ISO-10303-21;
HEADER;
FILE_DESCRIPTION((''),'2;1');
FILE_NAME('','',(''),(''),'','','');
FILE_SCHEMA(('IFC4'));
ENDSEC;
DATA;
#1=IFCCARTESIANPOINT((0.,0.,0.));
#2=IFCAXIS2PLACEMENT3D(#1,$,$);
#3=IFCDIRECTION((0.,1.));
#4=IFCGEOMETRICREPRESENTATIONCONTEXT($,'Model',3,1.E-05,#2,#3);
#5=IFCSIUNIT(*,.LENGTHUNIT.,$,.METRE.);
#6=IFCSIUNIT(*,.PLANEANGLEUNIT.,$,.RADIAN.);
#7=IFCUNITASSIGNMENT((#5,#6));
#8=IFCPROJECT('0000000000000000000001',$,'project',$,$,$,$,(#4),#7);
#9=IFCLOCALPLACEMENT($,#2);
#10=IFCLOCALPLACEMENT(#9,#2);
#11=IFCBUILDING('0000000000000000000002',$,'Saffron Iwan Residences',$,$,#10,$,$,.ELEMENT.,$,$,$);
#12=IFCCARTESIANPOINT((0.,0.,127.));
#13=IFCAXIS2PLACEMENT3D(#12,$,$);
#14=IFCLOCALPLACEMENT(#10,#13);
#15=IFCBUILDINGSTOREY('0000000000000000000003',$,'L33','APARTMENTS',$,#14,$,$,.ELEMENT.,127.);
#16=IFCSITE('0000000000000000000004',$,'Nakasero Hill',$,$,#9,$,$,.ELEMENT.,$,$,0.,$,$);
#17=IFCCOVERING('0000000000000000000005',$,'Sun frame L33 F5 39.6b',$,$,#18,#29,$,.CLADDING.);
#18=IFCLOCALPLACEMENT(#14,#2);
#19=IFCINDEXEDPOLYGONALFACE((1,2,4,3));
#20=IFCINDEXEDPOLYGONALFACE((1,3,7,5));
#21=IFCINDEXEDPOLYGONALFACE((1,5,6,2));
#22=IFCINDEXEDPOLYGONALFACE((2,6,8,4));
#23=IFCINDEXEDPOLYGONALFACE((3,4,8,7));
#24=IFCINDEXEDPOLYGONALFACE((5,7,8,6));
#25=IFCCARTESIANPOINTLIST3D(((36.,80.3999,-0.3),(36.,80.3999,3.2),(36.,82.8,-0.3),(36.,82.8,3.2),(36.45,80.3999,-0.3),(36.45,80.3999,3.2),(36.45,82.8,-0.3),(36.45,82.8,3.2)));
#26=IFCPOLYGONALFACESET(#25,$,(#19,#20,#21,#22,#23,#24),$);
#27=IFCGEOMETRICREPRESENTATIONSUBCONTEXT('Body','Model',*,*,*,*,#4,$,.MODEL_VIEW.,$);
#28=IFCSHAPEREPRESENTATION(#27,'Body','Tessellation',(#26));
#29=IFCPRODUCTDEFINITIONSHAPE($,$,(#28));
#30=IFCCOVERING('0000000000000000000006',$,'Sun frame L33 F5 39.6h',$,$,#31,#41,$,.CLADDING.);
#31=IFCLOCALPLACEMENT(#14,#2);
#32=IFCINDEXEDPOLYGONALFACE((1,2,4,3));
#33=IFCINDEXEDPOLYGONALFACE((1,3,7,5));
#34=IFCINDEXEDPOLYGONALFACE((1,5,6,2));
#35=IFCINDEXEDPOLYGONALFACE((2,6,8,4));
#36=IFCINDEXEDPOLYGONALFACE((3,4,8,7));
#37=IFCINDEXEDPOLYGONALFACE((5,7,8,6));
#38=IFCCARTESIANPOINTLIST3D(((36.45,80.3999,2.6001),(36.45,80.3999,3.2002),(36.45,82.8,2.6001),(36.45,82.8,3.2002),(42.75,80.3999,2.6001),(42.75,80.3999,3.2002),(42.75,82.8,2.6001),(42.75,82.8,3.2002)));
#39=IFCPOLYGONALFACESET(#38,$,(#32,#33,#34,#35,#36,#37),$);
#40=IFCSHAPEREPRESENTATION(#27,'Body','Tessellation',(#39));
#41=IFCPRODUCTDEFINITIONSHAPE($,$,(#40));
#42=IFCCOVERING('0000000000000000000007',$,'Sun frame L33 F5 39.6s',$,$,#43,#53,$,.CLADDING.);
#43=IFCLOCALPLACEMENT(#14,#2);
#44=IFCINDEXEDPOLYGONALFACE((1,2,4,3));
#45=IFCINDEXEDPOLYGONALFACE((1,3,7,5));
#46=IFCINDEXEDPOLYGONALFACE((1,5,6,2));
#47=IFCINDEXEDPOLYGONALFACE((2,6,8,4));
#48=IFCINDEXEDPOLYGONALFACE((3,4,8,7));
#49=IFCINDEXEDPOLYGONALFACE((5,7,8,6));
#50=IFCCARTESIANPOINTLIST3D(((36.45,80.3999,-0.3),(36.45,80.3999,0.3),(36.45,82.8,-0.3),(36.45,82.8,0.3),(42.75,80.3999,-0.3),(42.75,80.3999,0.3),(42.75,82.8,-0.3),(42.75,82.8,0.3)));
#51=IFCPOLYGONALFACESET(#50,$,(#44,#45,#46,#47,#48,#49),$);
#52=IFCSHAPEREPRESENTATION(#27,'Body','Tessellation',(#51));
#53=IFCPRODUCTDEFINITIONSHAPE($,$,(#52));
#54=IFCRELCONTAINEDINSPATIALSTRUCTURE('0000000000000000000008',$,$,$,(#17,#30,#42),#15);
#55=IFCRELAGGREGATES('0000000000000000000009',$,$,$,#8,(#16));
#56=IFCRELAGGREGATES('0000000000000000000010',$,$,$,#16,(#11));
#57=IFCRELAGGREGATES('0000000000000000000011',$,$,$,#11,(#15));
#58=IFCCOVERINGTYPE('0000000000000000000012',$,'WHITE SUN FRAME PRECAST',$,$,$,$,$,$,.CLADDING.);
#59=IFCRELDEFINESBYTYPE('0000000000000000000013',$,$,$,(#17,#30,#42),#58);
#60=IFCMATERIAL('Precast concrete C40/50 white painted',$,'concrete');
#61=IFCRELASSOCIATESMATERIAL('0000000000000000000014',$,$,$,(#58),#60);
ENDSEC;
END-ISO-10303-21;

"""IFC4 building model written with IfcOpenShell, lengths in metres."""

from ifc_helpers import new_model, si_unit, direction, frame, origin, place, context, subcontext, project, spatial, polyline, outline, extrude, material, type_object, element, save


model = new_model("IFC4")

# Units and contexts
model_context = context("Model", 3, precision=1e-05, world=origin(), true_north=direction((0.0, 1.0)))
body_context = subcontext(model_context, "Body", "Model", "MODEL_VIEW")
ifc_project = project(units=[si_unit("LENGTHUNIT", "METRE"), si_unit("PLANEANGLEUNIT", "RADIAN")], contexts=[model_context])

# Site, building, storey
site_placement = place(None, origin())
site = spatial("IfcSite", under=ifc_project, at=site_placement, Name="Nakasero Hill", CompositionType="ELEMENT", RefElevation=0.0)
building_placement = place(site_placement, origin())
building = spatial("IfcBuilding", under=site, at=building_placement, Name="Saffron Iwan Residences", CompositionType="ELEMENT")
storey_placement = place(building_placement, frame((0.0, 0.0, 127.0)))
storey = spatial("IfcBuildingStorey", under=building, at=storey_placement, Name="L33", Description="APARTMENTS", CompositionType="ELEMENT", Elevation=127.0)

# Coverings
ifc_material_1 = material(Name="Precast concrete C40/50 white painted", Category="concrete")
covering_type_1 = type_object("IfcCoveringType", Name="WHITE SUN FRAME PRECAST", PredefinedType="CLADDING", material=ifc_material_1)
covering_1_placement = place(storey_placement, frame((36.45, 80.3999, -0.3), z_axis=(0.0, 1.0, 0.0), x_axis=(-1.0, 0.0, 0.0)))
element("IfcCovering", 1, at=covering_1_placement, inside=storey, type_object=covering_type_1, Name="Sun frame L33 F5 39.6b", PredefinedType="CLADDING", context=body_context, shape_type="SweptSolid", body=[
    extrude(outline(polyline([(0.0, 0.0), (0.45, 0.0), (0.45, 3.5), (0.0, 3.5), (0.0, 0.0)])), origin(), (0.0, 0.0, 1.0), 2.4001),
])
for number, where, z_axis, x_axis, name in (
    (2, (42.75, 80.3999, 2.6001), (0.0, 1.0, 0.0), (-1.0, 0.0, 0.0), "Sun frame L33 F5 39.6h"),
    (3, (42.75, 80.3999, -0.3), (0.0, 1.0, 0.0), (-1.0, 0.0, 0.0), "Sun frame L33 F5 39.6s"),
):
    element("IfcCovering", number, at=place(storey_placement, frame(where, z_axis=z_axis, x_axis=x_axis)), inside=storey, type_object=covering_type_1, Name=name, PredefinedType="CLADDING", context=body_context, shape_type="SweptSolid", body=[
        extrude(outline(polyline([(0.0, 0.0), (6.3, 0.0), (6.3, 0.6001), (0.0, 0.6001), (0.0, 0.0)])), origin(), (0.0, 0.0, 1.0), 2.4001),
    ])

save(model, "model.ifc")
